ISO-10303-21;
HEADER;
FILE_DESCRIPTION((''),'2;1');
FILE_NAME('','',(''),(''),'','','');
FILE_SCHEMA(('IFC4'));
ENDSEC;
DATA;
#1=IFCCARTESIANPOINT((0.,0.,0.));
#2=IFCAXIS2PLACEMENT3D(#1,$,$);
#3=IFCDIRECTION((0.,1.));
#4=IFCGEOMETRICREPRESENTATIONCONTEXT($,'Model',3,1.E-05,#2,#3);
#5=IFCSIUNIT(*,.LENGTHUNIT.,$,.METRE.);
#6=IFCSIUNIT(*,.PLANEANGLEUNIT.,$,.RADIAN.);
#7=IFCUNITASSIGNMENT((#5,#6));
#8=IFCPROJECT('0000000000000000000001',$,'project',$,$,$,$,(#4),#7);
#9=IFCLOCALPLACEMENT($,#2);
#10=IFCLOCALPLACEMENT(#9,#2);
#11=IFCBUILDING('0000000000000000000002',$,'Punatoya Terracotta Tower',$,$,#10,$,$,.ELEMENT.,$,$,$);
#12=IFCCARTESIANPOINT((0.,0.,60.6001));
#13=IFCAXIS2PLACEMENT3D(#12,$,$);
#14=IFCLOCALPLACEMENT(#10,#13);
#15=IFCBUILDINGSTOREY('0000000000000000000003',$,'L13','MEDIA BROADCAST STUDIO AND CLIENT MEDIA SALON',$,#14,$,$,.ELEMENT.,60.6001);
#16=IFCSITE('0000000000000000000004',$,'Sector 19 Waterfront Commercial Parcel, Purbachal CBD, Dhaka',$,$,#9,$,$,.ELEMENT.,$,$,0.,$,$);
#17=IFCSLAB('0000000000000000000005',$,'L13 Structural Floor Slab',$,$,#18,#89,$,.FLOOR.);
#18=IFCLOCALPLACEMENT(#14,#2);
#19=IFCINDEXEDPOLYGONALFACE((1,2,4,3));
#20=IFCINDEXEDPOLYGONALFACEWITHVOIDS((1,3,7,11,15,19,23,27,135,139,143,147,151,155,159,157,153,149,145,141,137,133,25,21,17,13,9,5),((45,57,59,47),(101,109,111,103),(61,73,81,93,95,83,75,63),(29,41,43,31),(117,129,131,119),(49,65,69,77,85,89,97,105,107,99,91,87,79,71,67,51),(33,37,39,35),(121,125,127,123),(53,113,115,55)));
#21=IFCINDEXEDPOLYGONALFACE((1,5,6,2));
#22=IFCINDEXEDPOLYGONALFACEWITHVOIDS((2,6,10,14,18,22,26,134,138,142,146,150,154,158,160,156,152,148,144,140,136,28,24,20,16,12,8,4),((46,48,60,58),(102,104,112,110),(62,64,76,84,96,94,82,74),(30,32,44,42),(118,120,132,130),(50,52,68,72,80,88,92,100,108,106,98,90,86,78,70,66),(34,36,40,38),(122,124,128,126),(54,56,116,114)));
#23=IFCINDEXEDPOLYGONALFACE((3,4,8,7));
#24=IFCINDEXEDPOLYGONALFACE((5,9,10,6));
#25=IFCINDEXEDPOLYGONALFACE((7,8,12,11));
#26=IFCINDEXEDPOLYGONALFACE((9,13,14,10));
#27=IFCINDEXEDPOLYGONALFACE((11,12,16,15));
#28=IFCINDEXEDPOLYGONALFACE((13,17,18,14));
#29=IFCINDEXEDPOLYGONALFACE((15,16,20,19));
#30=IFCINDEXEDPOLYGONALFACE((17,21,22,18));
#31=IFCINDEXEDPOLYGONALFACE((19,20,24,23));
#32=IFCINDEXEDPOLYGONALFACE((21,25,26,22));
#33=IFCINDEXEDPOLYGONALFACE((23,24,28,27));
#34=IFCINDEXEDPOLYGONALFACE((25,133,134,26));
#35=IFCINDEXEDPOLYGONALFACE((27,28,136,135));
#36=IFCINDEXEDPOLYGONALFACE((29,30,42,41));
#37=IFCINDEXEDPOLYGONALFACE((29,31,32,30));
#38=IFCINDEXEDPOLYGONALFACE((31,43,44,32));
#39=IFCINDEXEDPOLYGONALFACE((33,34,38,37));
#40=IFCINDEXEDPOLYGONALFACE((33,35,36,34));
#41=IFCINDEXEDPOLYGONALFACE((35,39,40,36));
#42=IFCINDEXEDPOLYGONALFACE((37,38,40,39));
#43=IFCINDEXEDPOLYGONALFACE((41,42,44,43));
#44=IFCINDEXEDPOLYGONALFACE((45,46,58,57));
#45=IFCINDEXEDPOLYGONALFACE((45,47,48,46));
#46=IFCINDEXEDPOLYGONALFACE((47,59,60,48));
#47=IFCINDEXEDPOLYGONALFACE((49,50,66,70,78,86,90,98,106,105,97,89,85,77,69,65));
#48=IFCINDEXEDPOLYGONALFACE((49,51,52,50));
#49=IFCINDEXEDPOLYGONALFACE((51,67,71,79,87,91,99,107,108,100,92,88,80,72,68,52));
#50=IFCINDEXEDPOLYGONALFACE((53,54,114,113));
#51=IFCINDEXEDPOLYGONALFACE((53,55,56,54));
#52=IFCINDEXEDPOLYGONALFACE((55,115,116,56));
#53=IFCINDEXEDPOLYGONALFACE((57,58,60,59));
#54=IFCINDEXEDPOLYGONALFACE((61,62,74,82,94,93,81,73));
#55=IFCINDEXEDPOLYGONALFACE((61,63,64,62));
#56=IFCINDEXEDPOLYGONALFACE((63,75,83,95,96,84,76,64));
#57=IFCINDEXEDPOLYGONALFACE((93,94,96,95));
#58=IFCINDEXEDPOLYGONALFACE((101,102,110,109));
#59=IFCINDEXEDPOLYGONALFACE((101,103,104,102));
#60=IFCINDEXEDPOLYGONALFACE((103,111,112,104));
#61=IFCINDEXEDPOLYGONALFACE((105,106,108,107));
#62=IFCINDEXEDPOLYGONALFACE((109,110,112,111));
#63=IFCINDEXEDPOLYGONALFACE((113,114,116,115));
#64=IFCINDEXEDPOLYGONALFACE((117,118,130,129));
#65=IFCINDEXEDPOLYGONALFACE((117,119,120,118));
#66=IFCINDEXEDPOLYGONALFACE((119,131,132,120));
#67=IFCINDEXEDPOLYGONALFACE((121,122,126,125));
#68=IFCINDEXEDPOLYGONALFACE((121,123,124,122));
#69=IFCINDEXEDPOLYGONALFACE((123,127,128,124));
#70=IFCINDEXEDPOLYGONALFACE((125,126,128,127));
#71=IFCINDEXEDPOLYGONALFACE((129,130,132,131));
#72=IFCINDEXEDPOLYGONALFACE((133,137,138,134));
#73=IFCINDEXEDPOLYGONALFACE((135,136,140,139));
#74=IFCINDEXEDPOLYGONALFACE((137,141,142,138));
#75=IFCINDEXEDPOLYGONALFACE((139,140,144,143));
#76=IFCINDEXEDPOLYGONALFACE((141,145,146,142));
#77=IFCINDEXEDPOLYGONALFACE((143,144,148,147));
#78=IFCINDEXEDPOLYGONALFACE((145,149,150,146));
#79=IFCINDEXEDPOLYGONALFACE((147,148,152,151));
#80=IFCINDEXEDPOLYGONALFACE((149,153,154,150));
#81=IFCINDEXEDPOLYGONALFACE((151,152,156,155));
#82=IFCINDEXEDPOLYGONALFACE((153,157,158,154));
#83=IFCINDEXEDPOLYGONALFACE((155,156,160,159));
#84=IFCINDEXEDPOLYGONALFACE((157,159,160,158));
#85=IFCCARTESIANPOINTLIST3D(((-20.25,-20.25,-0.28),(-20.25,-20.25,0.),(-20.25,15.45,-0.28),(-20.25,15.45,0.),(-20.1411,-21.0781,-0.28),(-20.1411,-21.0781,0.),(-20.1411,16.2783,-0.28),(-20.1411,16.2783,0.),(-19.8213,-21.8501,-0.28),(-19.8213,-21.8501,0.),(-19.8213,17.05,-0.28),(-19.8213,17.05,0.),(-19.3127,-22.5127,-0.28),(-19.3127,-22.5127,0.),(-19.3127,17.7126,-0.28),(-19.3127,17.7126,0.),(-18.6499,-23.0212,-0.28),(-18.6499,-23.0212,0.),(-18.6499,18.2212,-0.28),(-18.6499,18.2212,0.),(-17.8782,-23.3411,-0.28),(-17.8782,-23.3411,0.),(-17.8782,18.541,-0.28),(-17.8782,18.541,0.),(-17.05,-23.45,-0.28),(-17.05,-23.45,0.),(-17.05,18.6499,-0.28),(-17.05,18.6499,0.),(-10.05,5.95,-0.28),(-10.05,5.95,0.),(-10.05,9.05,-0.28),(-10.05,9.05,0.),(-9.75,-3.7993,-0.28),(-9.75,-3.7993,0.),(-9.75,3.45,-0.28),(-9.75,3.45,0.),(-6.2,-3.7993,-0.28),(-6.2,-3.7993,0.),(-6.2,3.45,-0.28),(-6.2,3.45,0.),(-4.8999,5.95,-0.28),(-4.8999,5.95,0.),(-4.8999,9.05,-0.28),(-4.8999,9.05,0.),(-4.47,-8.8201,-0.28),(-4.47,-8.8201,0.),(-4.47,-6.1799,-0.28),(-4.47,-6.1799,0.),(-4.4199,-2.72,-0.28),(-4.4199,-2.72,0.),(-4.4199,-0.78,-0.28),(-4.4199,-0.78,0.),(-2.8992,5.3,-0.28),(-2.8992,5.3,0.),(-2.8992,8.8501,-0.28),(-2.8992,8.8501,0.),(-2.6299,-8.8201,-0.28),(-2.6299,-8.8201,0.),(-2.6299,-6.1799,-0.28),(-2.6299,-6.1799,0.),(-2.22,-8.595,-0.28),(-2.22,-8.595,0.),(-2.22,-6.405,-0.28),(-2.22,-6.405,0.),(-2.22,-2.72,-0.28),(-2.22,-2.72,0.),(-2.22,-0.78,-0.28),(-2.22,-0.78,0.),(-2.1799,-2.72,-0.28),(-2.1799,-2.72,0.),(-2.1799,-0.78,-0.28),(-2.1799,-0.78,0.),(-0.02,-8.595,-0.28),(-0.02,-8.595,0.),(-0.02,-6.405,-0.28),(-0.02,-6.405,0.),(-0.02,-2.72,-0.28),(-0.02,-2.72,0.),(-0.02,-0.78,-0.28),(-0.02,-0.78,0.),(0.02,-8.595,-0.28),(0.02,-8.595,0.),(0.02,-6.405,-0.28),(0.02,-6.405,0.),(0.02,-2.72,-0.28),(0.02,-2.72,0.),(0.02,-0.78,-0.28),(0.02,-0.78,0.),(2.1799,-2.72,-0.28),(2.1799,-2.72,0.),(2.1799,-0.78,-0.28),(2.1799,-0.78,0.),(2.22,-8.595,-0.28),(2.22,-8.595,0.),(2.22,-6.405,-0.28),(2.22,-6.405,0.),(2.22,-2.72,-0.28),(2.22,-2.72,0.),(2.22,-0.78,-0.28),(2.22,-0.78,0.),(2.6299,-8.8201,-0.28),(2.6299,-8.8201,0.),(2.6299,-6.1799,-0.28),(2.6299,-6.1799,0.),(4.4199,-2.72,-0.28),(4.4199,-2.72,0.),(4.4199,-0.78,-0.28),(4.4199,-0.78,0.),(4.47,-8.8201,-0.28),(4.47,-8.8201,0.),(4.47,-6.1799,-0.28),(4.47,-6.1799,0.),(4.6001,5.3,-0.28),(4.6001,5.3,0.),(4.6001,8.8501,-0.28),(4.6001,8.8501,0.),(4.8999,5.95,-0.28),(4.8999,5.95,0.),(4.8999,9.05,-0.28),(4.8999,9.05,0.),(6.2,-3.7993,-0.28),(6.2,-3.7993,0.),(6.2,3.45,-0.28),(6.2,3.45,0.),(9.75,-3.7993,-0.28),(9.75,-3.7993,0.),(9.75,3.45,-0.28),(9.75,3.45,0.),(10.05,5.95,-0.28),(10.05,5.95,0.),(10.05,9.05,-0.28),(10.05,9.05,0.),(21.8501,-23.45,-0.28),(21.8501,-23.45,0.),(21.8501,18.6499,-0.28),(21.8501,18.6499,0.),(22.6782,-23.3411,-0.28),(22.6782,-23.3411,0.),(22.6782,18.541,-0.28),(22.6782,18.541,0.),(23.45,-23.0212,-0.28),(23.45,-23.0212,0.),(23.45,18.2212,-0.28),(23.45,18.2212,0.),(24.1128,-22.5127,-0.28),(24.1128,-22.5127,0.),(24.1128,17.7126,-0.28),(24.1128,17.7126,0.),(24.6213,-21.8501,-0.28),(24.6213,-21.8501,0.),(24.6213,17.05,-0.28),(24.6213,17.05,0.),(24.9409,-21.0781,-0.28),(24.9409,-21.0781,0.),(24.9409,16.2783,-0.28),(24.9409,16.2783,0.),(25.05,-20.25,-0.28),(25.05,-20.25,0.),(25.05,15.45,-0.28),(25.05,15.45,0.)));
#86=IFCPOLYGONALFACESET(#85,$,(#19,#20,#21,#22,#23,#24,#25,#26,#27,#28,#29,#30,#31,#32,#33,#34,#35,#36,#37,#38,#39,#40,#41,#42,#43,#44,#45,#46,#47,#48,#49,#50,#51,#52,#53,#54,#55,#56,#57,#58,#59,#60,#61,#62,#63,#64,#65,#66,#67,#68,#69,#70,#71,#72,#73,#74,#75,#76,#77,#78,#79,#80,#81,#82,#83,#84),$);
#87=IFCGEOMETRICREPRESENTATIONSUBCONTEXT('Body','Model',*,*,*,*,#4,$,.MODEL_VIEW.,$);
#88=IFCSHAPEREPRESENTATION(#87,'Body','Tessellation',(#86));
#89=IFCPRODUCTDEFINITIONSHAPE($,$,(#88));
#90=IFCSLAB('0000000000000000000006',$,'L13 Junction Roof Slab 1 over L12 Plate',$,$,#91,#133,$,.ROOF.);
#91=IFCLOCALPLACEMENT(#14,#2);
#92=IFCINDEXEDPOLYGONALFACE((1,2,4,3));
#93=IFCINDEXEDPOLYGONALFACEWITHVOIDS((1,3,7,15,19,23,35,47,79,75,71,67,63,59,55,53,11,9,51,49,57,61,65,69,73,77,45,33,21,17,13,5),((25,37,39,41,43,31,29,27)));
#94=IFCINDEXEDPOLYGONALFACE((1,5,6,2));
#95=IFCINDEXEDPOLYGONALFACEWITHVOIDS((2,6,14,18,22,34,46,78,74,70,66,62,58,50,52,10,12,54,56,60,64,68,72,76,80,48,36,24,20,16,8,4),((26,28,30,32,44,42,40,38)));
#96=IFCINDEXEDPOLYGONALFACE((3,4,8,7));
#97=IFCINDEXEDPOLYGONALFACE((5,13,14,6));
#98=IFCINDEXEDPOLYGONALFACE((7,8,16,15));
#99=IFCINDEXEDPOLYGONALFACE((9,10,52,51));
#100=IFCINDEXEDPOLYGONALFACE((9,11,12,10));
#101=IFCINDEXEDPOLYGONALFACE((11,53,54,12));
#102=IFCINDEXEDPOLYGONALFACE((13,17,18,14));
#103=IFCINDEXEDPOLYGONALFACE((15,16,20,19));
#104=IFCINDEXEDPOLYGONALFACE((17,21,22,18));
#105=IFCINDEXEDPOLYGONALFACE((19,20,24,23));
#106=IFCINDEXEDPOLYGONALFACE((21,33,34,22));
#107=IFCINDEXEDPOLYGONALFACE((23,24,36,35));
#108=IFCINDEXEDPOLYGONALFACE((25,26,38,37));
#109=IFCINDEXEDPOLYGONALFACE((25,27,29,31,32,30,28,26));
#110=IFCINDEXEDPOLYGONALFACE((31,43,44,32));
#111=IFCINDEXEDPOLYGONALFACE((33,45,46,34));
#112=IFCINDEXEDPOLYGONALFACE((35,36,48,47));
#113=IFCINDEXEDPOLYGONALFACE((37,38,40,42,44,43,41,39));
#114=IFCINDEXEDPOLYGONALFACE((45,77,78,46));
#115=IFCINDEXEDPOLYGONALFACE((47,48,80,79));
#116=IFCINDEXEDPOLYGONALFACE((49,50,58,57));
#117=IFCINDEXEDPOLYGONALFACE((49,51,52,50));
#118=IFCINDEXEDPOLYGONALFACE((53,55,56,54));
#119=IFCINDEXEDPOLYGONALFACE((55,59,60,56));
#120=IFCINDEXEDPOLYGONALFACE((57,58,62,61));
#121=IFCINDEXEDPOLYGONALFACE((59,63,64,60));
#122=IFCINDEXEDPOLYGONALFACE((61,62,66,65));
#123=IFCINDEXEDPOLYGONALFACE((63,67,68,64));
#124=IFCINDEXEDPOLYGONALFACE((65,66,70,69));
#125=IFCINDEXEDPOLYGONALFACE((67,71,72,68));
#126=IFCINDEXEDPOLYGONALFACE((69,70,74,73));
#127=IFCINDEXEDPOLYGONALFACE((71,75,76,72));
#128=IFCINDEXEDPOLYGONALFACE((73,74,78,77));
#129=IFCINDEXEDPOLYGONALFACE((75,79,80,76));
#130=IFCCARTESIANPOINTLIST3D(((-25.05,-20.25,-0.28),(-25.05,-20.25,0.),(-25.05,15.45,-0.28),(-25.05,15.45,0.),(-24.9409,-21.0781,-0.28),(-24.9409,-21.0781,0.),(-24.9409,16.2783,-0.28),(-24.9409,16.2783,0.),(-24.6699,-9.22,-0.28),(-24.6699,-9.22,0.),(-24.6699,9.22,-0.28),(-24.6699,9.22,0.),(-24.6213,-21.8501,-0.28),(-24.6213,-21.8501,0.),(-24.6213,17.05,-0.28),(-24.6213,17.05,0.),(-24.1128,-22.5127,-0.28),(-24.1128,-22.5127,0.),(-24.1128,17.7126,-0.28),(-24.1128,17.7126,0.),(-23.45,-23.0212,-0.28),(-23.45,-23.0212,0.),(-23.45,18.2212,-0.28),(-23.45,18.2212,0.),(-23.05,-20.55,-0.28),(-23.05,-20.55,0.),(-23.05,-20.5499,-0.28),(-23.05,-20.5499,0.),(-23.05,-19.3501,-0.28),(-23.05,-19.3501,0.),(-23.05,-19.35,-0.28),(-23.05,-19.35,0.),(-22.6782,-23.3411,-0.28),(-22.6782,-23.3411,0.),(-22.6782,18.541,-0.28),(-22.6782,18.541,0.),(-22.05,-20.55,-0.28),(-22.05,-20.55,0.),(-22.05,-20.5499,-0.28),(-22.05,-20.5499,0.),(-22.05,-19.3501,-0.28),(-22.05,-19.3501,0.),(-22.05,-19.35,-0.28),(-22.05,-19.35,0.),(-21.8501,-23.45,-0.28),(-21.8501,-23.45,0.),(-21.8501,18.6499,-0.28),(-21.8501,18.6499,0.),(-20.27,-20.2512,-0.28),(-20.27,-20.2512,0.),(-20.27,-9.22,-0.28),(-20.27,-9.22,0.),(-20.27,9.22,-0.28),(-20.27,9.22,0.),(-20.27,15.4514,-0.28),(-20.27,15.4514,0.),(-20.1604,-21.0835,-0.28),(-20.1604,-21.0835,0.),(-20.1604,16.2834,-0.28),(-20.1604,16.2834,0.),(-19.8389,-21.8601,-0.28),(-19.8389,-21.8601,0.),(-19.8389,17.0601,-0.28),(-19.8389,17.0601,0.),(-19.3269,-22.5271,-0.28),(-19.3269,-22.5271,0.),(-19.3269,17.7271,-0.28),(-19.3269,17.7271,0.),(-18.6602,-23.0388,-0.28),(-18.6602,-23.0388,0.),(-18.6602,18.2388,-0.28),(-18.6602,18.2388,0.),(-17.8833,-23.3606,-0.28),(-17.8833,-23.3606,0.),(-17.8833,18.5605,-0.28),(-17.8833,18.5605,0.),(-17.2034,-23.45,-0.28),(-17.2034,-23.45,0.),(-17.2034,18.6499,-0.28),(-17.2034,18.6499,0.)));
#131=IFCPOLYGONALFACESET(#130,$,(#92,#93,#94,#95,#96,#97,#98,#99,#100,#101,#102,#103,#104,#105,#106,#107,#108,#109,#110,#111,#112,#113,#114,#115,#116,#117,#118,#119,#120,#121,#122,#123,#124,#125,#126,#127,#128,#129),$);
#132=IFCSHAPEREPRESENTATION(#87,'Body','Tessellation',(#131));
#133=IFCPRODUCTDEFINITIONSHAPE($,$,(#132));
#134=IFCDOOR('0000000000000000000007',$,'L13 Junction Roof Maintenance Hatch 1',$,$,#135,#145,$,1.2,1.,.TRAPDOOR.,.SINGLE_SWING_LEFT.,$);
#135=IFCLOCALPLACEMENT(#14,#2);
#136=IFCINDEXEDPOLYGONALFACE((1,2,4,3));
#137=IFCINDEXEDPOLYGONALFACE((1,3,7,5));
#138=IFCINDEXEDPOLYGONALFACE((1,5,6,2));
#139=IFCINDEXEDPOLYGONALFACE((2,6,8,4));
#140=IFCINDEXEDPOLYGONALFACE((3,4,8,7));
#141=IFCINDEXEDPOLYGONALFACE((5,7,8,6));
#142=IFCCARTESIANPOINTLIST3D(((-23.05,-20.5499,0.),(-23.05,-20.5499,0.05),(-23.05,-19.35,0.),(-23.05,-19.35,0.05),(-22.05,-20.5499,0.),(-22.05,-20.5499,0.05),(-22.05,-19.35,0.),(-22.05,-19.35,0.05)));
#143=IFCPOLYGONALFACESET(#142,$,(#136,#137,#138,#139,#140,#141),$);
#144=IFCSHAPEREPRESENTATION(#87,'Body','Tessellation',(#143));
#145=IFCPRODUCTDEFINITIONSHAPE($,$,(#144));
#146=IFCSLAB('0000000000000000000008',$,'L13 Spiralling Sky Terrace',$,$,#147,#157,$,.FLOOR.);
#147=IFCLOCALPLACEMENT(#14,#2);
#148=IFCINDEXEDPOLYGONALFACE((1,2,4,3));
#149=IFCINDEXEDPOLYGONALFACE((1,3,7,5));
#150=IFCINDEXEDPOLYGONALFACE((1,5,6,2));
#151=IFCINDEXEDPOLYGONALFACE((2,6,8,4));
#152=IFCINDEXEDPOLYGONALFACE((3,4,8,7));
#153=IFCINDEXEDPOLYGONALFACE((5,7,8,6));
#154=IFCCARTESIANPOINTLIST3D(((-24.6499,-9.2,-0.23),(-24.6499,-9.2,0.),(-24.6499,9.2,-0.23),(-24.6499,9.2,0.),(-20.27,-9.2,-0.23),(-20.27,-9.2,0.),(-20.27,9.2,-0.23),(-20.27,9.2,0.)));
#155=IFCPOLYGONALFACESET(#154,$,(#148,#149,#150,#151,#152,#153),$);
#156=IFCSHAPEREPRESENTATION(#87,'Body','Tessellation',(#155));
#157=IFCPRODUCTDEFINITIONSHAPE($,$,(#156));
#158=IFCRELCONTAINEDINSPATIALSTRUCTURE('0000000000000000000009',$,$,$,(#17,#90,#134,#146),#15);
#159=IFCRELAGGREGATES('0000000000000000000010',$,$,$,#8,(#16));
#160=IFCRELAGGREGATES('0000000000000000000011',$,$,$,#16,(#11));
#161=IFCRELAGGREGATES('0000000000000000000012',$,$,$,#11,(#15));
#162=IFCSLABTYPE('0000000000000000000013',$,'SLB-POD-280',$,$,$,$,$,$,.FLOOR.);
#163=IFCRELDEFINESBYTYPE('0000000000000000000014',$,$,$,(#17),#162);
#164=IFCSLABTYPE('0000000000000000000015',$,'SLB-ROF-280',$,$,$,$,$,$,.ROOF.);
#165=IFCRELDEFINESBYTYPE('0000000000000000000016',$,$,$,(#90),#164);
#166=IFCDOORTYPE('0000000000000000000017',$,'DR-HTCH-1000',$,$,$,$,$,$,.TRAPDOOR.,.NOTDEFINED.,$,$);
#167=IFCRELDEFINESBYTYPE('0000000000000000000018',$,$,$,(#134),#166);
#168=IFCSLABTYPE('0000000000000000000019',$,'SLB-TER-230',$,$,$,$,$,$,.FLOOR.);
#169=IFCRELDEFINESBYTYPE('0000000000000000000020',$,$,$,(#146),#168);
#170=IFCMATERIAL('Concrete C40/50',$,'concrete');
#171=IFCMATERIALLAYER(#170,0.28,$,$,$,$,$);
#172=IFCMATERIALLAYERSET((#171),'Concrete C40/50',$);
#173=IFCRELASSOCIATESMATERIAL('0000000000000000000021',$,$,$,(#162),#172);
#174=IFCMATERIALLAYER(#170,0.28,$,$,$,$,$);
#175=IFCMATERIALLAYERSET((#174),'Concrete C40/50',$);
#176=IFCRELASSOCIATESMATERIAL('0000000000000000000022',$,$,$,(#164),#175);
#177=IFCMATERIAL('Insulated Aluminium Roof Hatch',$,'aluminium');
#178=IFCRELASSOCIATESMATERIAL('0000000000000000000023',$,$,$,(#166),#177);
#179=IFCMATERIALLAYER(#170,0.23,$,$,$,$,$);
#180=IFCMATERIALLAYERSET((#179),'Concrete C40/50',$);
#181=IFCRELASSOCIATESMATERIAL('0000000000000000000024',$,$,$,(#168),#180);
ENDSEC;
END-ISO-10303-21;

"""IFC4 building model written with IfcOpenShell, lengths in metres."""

from ifc_helpers import new_model, si_unit, direction, frame, origin, origin_2d, place, context, subcontext, project, spatial, polyline, rectangle, outline, extrude, material, layer, layer_set, type_object, element, fill, save


model = new_model("IFC4")

# Units and contexts
model_context = context("Model", 3, precision=1e-05, world=origin(), true_north=direction((0.0, 1.0)))
body_context = subcontext(model_context, "Body", "Model", "MODEL_VIEW")
ifc_project = project(units=[si_unit("LENGTHUNIT", "METRE"), si_unit("PLANEANGLEUNIT", "RADIAN")], contexts=[model_context])

# Site, building, storey
site_placement = place(None, origin())
site = spatial("IfcSite", under=ifc_project, at=site_placement, Name="Sector 19 Waterfront Commercial Parcel, Purbachal CBD, Dhaka", CompositionType="ELEMENT", RefElevation=0.0)
building_placement = place(site_placement, origin())
building = spatial("IfcBuilding", under=site, at=building_placement, Name="Punatoya Terracotta Tower", CompositionType="ELEMENT")
storey_placement = place(building_placement, frame((0.0, 0.0, 60.6001)))
storey = spatial("IfcBuildingStorey", under=building, at=storey_placement, Name="L13", Description="MEDIA BROADCAST STUDIO AND CLIENT MEDIA SALON", CompositionType="ELEMENT", Elevation=60.6001)

# Slab
ifc_material_1 = material(Name="Concrete C40/50", Category="concrete")
ifc_layer_1 = layer(ifc_material_1, 0.28)
ifc_layer_set_1 = layer_set([ifc_layer_1], Name="Concrete C40/50")
slab_type_1 = type_object("IfcSlabType", Name="SLB-POD-280", PredefinedType="FLOOR", material=ifc_layer_set_1)
slab_1_placement = place(storey_placement, frame((0.0, 0.0, -0.28)))
element("IfcSlab", 1, at=slab_1_placement, inside=storey, type_object=slab_type_1, Name="L13 Structural Floor Slab", PredefinedType="FLOOR", context=body_context, shape_type="SweptSolid", body=[
    extrude(outline(polyline([(-17.05, -23.45), (-17.8782, -23.3411), (-18.6499, -23.0212), (-19.3127, -22.5127), (-19.8213, -21.8501), (-20.1411, -21.0781), (-20.25, -20.25), (-20.25, 15.45), (-20.1411, 16.2783), (-19.8213, 17.05), (-19.3127, 17.7126), (-18.6499, 18.2212), (-17.8782, 18.541), (-17.05, 18.6499), (21.8501, 18.6499), (22.6782, 18.541), (23.45, 18.2212), (24.1128, 17.7126), (24.6213, 17.05), (24.9409, 16.2783), (25.05, 15.45), (25.05, -20.25), (24.9409, -21.0781), (24.6213, -21.8501), (24.1128, -22.5127), (23.45, -23.0212), (22.6782, -23.3411), (21.8501, -23.45), (-17.05, -23.45)]), holes=[polyline([(-2.6299, -6.1799), (-4.47, -6.1799), (-4.47, -8.8201), (-2.6299, -8.8201), (-2.6299, -6.1799)]), polyline([(0.02, -8.595), (2.22, -8.595), (2.22, -6.405), (0.02, -6.405), (-0.02, -6.405), (-2.22, -6.405), (-2.22, -8.595), (-0.02, -8.595), (0.02, -8.595)]), polyline([(-2.22, -2.72), (-2.1799, -2.72), (-0.02, -2.72), (0.02, -2.72), (2.1799, -2.72), (2.22, -2.72), (4.4199, -2.72), (4.4199, -0.78), (2.22, -0.78), (2.1799, -0.78), (0.02, -0.78), (-0.02, -0.78), (-2.1799, -0.78), (-2.22, -0.78), (-4.4199, -0.78), (-4.4199, -2.72), (-2.22, -2.72)]), polyline([(-6.2, 3.45), (-9.75, 3.45), (-9.75, -3.7993), (-6.2, -3.7993), (-6.2, 3.45)]), polyline([(4.6001, 5.3), (4.6001, 8.8501), (-2.8992, 8.8501), (-2.8992, 5.3), (4.6001, 5.3)]), polyline([(-4.8999, 9.05), (-10.05, 9.05), (-10.05, 5.95), (-4.8999, 5.95), (-4.8999, 9.05)]), polyline([(4.47, -8.8201), (4.47, -6.1799), (2.6299, -6.1799), (2.6299, -8.8201), (4.47, -8.8201)]), polyline([(9.75, 3.45), (6.2, 3.45), (6.2, -3.7993), (9.75, -3.7993), (9.75, 3.45)]), polyline([(10.05, 5.95), (10.05, 9.05), (4.8999, 9.05), (4.8999, 5.95), (10.05, 5.95)])]), origin(), (0.0, 0.0, 1.0), 0.28),
])

# Slab, opening, door
ifc_layer_2 = layer(ifc_material_1, 0.28)
ifc_layer_set_2 = layer_set([ifc_layer_2], Name="Concrete C40/50")
slab_type_2 = type_object("IfcSlabType", Name="SLB-ROF-280", PredefinedType="ROOF", material=ifc_layer_set_2)
slab_2_placement = place(storey_placement, frame((0.0, 0.0, -0.28)))
slab_2 = element("IfcSlab", 2, at=slab_2_placement, inside=storey, type_object=slab_type_2, Name="L13 Junction Roof Slab 1 over L12 Plate", PredefinedType="ROOF", context=body_context, shape_type="SweptSolid", body=[
    extrude(outline(polyline([(-23.45, -23.0212), (-22.6782, -23.3411), (-21.8501, -23.45), (-17.2034, -23.45), (-17.8833, -23.3606), (-18.6602, -23.0388), (-19.3269, -22.5271), (-19.8389, -21.8601), (-20.1604, -21.0835), (-20.27, -20.2512), (-20.27, -9.22), (-24.6699, -9.22), (-24.6699, 9.22), (-20.27, 9.22), (-20.27, 15.4514), (-20.1604, 16.2834), (-19.8389, 17.0601), (-19.3269, 17.7271), (-18.6602, 18.2388), (-17.8833, 18.5605), (-17.2034, 18.6499), (-21.8501, 18.6499), (-22.6782, 18.541), (-23.45, 18.2212), (-24.1128, 17.7126), (-24.6213, 17.05), (-24.9409, 16.2783), (-25.05, 15.45), (-25.05, -20.25), (-24.9409, -21.0781), (-24.6213, -21.8501), (-24.1128, -22.5127), (-23.45, -23.0212)]), holes=[polyline([(-22.05, -19.3501), (-22.05, -20.55), (-23.05, -20.55), (-23.05, -19.3501), (-22.05, -19.3501)])]), origin(), (0.0, 0.0, 1.0), 0.28),
])
opening_1_placement = place(slab_2_placement, frame((-22.55, -19.95, 0.0)))
opening_1 = element("IfcOpeningElement", 3, at=opening_1_placement, cuts=slab_2, PredefinedType="OPENING", context=body_context, shape_type="SweptSolid", body=[
    extrude(rectangle(XDim=1.0, YDim=1.2, at=origin_2d()), frame((0.0, 0.0, -0.01)), (0.0, 0.0, 1.0), 0.3501),
])
ifc_material_2 = material(Name="Insulated Aluminium Roof Hatch", Category="aluminium")
door_type_1 = type_object("IfcDoorType", Name="DR-HTCH-1000", OperationType="NOTDEFINED", PredefinedType="TRAPDOOR", material=ifc_material_2)
door_1_placement = place(opening_1_placement, frame((0.0, 0.0, 0.28)))
door_1 = element("IfcDoor", 4, at=door_1_placement, inside=storey, type_object=door_type_1, Name="L13 Junction Roof Maintenance Hatch 1", OperationType="SINGLE_SWING_LEFT", OverallHeight=1.2, OverallWidth=1.0, PredefinedType="TRAPDOOR", context=body_context, shape_type="SweptSolid", body=[
    extrude(rectangle(XDim=1.0, YDim=1.2, at=origin_2d()), origin(), (0.0, 0.0, 1.0), 0.05),
])
fill(opening_1, door_1)

# Slab
ifc_layer_3 = layer(ifc_material_1, 0.23)
ifc_layer_set_3 = layer_set([ifc_layer_3], Name="Concrete C40/50")
slab_type_3 = type_object("IfcSlabType", Name="SLB-TER-230", PredefinedType="FLOOR", material=ifc_layer_set_3)
slab_3_placement = place(storey_placement, frame((0.0, 0.0, -0.23)))
element("IfcSlab", 5, at=slab_3_placement, inside=storey, type_object=slab_type_3, Name="L13 Spiralling Sky Terrace", PredefinedType="FLOOR", context=body_context, shape_type="SweptSolid", body=[
    extrude(outline(polyline([(-24.6499, -9.2), (-24.6499, 9.2), (-20.27, 9.2), (-20.27, -9.2), (-24.6499, -9.2)])), origin(), (0.0, 0.0, 1.0), 0.23),
])

save(model, "model.ifc")
